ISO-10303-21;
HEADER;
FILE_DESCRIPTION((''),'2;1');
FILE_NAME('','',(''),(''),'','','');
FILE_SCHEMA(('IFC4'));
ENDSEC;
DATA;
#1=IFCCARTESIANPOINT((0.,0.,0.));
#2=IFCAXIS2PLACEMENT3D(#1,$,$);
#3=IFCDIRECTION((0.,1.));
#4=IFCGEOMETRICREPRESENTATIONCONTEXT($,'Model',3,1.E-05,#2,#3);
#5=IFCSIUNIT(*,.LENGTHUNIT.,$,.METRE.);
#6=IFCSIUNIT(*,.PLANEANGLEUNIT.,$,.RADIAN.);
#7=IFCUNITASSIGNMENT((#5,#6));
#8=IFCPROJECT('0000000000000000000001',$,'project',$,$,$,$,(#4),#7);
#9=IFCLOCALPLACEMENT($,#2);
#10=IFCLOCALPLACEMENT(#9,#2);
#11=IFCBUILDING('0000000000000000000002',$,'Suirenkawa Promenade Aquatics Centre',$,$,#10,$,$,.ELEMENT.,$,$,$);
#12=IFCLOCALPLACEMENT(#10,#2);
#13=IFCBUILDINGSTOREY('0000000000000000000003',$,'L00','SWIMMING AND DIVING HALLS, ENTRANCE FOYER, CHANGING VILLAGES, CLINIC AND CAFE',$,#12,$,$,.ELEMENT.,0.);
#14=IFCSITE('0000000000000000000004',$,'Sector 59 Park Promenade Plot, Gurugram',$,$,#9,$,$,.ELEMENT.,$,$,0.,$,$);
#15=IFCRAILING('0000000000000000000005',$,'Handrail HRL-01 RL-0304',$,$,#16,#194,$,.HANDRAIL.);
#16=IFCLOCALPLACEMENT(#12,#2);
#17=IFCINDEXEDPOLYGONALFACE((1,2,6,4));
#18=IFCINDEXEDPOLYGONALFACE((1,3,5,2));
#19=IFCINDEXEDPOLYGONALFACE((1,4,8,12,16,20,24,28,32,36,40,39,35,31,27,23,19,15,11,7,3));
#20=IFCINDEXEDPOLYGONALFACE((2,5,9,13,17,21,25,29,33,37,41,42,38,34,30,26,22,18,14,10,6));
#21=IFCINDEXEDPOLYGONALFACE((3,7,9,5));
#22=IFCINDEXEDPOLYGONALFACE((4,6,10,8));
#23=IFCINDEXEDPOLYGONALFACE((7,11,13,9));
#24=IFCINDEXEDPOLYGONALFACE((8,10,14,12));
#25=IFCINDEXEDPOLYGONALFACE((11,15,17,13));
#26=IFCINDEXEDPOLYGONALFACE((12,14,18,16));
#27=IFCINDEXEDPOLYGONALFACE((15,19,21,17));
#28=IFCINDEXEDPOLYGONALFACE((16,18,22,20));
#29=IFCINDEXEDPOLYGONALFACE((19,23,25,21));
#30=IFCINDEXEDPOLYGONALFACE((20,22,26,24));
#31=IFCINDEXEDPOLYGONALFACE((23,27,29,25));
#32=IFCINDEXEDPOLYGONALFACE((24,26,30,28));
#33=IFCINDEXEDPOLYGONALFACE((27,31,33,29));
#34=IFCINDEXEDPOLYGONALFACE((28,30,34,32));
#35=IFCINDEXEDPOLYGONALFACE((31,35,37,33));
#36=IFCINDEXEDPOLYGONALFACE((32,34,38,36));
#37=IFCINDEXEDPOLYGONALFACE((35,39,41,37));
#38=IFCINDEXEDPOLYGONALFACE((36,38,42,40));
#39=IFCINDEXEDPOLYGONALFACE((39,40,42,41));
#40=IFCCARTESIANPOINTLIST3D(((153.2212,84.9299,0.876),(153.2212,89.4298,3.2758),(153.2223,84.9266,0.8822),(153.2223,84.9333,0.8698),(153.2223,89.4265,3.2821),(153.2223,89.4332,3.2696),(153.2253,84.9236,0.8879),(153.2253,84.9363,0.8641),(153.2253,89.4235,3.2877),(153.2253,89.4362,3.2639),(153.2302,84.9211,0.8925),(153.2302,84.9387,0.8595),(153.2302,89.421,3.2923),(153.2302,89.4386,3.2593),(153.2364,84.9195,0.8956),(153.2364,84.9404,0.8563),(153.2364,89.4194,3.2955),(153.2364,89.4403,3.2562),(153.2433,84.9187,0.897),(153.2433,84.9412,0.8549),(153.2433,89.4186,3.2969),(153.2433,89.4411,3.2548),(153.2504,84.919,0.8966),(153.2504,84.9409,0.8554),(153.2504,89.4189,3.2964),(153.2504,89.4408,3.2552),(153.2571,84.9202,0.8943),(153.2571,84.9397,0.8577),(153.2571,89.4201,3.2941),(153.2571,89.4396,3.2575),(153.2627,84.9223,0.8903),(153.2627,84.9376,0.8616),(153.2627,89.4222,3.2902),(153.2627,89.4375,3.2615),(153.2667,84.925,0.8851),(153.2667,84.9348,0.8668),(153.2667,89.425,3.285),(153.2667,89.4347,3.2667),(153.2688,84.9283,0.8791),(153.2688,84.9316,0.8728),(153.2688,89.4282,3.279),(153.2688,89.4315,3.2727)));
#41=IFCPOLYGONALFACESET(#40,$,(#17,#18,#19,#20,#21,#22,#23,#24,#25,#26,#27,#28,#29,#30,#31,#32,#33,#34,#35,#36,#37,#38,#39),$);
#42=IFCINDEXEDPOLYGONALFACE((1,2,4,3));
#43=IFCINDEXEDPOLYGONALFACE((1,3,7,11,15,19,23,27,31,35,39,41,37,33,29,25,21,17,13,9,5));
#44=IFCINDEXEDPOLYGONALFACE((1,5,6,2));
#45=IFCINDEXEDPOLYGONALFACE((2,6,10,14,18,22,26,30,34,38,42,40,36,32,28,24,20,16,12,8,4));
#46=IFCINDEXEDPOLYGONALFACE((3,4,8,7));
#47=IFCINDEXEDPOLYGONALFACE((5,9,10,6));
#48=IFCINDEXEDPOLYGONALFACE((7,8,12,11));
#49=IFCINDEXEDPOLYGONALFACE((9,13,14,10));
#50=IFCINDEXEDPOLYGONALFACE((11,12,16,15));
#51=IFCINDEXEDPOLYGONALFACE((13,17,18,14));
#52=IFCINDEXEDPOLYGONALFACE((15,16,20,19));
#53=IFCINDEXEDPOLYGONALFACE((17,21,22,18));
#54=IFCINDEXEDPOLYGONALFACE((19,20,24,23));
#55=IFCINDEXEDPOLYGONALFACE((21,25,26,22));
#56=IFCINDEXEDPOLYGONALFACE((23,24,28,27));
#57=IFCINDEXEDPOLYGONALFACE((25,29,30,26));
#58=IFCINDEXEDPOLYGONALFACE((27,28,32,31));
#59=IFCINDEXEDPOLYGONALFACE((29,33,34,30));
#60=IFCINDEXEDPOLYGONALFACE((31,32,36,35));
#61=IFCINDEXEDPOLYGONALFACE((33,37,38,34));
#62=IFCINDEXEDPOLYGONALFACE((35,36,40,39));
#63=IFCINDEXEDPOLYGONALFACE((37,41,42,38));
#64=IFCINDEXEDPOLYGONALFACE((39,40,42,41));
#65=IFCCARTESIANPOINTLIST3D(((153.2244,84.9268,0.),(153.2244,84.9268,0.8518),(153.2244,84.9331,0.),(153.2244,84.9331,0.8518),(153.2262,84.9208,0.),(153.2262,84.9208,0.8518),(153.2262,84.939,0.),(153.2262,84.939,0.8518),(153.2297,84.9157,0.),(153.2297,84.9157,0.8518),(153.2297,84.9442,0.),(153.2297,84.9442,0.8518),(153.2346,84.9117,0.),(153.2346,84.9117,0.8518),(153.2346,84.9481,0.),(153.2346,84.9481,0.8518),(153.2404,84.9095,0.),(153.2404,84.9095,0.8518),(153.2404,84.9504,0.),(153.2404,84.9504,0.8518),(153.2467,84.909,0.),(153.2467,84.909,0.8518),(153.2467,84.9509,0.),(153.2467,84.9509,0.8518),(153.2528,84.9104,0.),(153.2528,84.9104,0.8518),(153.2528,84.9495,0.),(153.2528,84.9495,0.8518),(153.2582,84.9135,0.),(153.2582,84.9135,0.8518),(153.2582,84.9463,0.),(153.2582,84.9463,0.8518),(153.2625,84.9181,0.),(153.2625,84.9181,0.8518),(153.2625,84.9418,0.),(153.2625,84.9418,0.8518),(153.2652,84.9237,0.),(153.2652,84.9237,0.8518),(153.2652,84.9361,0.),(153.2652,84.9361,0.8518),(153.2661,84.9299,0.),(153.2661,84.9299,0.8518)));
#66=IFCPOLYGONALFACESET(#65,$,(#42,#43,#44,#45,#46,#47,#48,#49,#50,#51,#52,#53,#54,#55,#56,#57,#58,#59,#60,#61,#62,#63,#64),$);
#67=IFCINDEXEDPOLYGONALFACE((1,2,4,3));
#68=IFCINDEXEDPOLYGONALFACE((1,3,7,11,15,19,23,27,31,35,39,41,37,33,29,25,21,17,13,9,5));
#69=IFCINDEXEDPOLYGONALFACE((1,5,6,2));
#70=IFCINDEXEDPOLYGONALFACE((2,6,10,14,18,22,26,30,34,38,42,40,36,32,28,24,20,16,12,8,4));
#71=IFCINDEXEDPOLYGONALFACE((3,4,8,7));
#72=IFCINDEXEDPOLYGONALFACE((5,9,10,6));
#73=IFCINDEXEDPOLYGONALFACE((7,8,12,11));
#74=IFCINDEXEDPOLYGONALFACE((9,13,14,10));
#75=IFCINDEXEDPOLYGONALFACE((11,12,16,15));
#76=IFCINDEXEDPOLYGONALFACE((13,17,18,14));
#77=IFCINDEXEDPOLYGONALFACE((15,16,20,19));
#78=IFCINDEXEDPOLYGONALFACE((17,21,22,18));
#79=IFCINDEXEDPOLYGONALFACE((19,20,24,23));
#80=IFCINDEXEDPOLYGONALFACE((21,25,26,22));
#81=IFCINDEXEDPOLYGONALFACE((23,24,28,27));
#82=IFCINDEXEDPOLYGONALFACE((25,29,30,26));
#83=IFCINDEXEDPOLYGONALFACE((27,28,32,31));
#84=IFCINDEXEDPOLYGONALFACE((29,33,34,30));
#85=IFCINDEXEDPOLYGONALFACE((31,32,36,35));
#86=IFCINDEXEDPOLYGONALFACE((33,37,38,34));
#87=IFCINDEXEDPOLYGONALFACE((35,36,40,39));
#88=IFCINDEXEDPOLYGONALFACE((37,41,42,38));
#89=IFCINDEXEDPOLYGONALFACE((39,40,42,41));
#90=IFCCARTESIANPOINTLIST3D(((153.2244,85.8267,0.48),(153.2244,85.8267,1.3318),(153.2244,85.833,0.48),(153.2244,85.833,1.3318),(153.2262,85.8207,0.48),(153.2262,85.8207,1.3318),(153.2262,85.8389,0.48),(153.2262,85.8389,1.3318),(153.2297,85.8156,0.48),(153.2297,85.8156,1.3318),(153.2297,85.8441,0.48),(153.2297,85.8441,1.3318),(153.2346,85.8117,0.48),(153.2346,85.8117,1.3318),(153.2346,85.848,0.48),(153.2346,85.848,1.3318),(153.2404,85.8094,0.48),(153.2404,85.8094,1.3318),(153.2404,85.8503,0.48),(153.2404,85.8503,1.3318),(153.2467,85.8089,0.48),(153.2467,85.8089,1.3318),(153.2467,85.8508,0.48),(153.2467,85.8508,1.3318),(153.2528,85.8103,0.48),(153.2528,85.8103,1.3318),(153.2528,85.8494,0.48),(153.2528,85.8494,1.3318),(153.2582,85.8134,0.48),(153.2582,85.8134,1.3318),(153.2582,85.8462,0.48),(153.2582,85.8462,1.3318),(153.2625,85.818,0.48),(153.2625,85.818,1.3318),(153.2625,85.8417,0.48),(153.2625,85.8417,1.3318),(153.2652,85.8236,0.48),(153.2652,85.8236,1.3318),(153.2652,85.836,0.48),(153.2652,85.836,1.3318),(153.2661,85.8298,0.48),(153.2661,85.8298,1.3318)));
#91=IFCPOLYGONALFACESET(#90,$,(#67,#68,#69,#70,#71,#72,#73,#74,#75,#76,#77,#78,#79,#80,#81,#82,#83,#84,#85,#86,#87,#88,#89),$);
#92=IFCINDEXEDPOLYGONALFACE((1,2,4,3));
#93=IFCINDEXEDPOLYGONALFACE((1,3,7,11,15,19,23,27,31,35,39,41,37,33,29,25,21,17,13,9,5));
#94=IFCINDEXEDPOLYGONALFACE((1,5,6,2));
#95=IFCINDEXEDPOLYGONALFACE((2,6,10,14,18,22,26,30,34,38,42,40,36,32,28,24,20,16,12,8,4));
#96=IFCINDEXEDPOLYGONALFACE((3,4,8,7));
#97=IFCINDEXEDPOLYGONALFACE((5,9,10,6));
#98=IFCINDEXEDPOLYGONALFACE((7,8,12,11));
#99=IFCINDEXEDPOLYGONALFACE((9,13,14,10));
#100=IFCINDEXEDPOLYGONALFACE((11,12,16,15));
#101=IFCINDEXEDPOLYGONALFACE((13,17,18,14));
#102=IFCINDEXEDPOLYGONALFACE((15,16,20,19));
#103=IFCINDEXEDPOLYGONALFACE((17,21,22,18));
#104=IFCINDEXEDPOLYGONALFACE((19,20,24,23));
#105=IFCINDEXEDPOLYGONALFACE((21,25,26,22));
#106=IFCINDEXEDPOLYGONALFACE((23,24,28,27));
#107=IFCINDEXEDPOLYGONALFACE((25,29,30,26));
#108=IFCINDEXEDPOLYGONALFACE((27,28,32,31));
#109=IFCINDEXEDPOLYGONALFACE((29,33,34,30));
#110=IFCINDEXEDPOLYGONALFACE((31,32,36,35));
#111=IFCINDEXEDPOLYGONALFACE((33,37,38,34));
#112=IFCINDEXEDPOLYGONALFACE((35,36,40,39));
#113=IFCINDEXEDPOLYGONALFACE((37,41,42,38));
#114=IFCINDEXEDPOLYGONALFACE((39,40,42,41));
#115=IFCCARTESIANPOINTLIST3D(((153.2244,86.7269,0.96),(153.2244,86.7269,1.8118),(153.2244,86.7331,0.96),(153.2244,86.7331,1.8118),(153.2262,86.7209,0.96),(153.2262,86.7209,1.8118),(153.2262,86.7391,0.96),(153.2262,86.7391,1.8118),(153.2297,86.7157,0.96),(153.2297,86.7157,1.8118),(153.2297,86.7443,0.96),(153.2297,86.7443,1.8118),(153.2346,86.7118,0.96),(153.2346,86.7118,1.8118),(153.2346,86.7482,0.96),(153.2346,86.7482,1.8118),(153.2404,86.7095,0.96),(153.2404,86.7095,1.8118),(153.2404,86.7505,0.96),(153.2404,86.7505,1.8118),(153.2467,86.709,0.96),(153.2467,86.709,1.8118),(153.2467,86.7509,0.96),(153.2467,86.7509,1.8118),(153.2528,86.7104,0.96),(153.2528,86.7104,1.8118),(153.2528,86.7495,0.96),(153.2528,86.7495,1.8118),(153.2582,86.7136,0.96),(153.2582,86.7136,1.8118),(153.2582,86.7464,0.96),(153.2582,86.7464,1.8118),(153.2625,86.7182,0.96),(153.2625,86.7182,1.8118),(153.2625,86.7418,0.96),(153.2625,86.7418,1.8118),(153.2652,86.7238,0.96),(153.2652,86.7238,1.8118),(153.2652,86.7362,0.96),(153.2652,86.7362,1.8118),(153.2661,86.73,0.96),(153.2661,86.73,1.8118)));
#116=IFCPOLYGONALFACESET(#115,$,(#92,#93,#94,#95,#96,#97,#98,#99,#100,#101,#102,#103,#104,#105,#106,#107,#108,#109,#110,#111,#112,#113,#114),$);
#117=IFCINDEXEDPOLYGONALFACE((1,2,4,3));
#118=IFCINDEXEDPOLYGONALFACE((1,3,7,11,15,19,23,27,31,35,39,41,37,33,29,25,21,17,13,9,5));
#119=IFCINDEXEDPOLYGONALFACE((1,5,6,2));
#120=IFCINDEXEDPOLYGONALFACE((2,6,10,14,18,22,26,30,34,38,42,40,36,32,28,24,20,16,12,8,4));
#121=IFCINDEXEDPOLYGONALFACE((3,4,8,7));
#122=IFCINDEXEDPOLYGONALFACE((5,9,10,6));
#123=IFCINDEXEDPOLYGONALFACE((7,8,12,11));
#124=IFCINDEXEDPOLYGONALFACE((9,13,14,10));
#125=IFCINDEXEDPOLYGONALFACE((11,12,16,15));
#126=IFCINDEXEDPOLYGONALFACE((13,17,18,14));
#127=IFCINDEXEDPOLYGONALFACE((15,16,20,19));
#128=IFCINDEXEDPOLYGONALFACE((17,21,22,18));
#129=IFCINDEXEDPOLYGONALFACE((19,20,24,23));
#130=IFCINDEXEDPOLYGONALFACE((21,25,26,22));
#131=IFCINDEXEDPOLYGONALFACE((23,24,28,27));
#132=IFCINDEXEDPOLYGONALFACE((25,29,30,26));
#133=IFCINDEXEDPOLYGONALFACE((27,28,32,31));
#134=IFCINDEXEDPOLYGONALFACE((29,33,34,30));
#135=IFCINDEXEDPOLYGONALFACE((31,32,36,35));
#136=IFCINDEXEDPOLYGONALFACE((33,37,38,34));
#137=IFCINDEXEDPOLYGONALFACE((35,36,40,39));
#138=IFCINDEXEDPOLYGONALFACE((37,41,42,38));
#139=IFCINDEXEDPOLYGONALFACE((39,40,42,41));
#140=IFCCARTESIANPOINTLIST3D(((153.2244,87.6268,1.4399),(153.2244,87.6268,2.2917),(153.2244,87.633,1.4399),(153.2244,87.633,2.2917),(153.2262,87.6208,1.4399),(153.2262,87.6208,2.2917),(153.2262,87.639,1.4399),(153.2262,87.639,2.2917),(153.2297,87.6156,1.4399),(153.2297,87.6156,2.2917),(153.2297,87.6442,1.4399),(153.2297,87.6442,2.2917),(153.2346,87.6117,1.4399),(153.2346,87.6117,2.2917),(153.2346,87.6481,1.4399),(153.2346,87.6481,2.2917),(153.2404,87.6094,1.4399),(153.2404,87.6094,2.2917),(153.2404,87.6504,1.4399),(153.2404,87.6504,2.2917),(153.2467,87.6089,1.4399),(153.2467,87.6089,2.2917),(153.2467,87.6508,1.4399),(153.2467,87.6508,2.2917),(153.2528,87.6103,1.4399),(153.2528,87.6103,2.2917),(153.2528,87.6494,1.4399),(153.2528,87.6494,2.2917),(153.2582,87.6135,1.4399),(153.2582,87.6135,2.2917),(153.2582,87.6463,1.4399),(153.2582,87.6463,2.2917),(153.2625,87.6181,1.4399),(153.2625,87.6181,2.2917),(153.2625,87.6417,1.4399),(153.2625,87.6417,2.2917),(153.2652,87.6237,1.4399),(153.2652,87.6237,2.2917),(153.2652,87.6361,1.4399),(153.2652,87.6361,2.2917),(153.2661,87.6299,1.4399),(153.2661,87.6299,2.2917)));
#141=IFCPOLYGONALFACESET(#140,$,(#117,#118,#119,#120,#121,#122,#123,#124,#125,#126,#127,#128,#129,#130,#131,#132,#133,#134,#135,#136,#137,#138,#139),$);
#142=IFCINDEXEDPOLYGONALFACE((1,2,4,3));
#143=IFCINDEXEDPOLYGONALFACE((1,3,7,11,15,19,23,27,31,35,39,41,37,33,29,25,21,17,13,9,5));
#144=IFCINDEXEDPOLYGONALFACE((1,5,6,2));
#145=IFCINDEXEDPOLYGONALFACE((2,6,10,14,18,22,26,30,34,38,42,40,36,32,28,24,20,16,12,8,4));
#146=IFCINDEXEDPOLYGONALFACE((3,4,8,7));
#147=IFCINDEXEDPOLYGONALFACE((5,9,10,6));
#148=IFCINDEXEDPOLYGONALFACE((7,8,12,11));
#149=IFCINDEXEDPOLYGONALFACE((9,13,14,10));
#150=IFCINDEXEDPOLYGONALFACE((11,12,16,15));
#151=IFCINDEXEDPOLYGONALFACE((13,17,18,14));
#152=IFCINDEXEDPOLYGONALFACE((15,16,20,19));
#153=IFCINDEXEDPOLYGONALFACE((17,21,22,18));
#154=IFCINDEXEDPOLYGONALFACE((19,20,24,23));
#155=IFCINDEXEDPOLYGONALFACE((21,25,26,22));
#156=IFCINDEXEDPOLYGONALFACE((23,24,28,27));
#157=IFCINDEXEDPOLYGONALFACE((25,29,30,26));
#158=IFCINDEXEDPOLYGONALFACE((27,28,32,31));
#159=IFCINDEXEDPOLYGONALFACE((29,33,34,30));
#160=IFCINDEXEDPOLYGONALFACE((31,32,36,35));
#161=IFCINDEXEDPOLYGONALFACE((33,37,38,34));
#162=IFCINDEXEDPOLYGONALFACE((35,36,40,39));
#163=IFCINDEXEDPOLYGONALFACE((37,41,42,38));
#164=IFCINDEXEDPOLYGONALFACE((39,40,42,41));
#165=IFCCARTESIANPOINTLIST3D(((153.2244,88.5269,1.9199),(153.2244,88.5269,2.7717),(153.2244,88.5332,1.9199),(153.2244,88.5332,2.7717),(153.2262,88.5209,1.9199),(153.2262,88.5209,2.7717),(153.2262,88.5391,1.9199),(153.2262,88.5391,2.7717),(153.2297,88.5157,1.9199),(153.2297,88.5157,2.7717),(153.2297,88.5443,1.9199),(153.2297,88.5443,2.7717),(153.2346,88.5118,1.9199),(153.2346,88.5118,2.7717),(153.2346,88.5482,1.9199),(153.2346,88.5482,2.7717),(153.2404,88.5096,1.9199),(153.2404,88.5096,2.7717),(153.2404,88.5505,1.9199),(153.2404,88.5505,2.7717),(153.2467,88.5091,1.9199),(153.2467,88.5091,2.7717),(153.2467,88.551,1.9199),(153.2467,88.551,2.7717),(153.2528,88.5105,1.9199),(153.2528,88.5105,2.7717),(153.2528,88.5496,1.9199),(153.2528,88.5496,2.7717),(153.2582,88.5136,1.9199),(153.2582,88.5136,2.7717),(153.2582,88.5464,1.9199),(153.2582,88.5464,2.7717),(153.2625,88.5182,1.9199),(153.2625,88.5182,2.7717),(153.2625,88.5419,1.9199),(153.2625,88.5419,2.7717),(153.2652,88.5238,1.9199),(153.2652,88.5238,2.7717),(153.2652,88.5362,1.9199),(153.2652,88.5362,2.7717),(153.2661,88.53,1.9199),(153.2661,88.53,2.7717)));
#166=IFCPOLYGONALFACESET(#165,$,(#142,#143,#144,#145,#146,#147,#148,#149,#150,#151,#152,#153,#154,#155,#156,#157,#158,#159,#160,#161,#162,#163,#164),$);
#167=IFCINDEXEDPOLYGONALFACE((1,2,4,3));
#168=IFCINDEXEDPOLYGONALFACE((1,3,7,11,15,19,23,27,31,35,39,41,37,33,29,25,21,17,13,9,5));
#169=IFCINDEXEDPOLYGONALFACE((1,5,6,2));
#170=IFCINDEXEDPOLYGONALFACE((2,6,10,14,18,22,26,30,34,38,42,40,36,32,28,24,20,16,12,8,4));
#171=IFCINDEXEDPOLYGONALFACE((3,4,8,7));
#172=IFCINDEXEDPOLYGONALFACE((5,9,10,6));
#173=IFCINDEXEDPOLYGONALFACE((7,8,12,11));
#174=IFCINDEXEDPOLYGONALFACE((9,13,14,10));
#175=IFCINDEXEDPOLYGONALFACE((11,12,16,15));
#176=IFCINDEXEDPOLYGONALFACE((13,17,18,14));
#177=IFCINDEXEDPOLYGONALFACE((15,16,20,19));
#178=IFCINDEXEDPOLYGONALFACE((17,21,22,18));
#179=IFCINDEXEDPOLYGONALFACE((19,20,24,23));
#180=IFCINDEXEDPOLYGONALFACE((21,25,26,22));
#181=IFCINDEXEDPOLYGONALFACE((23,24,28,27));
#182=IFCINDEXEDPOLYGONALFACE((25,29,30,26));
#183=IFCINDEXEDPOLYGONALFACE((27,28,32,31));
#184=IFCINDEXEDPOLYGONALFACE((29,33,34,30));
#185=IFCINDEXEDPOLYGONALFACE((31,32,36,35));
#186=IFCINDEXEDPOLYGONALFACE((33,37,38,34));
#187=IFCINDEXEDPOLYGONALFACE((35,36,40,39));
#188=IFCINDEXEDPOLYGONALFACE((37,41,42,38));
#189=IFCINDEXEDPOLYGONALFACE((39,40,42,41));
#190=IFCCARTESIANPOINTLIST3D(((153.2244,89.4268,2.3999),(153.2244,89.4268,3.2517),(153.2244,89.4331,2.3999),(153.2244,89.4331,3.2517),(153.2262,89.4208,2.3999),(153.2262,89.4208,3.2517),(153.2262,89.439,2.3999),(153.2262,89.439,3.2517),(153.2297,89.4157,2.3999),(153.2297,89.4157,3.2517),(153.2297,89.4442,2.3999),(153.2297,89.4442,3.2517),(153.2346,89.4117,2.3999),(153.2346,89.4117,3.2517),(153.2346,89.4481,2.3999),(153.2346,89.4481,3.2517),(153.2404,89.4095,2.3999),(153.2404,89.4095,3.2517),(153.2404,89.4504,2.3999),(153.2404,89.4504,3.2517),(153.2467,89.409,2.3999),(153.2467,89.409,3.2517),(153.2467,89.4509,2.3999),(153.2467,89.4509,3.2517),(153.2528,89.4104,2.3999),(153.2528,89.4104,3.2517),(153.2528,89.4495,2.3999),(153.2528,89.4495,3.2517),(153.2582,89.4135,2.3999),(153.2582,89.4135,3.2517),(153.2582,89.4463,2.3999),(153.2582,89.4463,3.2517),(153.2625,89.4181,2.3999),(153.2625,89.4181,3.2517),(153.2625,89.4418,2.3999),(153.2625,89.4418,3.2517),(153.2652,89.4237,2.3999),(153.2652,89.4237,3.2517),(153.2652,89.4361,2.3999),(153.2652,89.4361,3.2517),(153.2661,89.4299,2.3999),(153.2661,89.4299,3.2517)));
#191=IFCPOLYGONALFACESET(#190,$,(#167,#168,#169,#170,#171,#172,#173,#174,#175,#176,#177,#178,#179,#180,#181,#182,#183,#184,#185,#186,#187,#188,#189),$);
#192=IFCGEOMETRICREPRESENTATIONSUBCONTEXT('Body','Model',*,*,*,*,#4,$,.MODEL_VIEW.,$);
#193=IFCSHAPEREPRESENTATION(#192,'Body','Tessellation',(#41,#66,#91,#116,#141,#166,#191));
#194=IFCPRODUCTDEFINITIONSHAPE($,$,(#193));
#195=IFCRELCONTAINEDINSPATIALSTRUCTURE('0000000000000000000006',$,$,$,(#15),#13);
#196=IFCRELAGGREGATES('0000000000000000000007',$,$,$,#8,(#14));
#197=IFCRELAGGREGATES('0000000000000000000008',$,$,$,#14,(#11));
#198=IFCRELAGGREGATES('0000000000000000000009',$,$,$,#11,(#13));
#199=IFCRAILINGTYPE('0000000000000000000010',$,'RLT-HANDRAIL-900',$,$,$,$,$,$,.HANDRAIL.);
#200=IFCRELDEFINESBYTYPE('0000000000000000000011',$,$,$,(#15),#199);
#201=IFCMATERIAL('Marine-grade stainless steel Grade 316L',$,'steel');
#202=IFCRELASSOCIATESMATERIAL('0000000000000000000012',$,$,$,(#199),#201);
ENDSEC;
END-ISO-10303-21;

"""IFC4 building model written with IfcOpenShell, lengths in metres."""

from ifc_helpers import new_model, si_unit, direction, frame, origin, origin_2d, place, context, subcontext, project, spatial, circle, extrude, material, type_object, element, save


model = new_model("IFC4")

# Units and contexts
model_context = context("Model", 3, precision=1e-05, world=origin(), true_north=direction((0.0, 1.0)))
body_context = subcontext(model_context, "Body", "Model", "MODEL_VIEW")
ifc_project = project(units=[si_unit("LENGTHUNIT", "METRE"), si_unit("PLANEANGLEUNIT", "RADIAN")], contexts=[model_context])

# Site, building, storey
site_placement = place(None, origin())
site = spatial("IfcSite", under=ifc_project, at=site_placement, Name="Sector 59 Park Promenade Plot, Gurugram", CompositionType="ELEMENT", RefElevation=0.0)
building_placement = place(site_placement, origin())
building = spatial("IfcBuilding", under=site, at=building_placement, Name="Suirenkawa Promenade Aquatics Centre", CompositionType="ELEMENT")
storey_placement = place(building_placement, origin())
storey = spatial("IfcBuildingStorey", under=building, at=storey_placement, Name="L00", Description="SWIMMING AND DIVING HALLS, ENTRANCE FOYER, CHANGING VILLAGES, CLINIC AND CAFE", CompositionType="ELEMENT", Elevation=0.0)

# Railing
ifc_material_1 = material(Name="Marine-grade stainless steel Grade 316L", Category="steel")
railing_type_1 = type_object("IfcRailingType", Name="RLT-HANDRAIL-900", PredefinedType="HANDRAIL", material=ifc_material_1)
for number, where, name in (
    (1, (153.2451, 84.9299, 0.0), "Handrail HRL-01 RL-0304"),
):
    element("IfcRailing", number, at=place(storey_placement, frame(where)), inside=storey, type_object=railing_type_1, Name=name, PredefinedType="HANDRAIL", context=body_context, shape_type="SweptSolid", body=[
        extrude(circle(Radius=0.0239, at=origin_2d()), frame((0.0, 0.0, 0.876), z_axis=(0.0, 0.882361, 0.470573), x_axis=(-1.0, 0.0, 0.0)), (0.0, 0.0, 1.0), 5.0999),
        extrude(circle(Radius=0.021, at=origin_2d()), origin(), (0.0, 0.0, 1.0), 0.8518),
        extrude(circle(Radius=0.021, at=origin_2d()), frame((0.0, 0.8999, 0.48)), (0.0, 0.0, 1.0), 0.8518),
        extrude(circle(Radius=0.021, at=origin_2d()), frame((0.0, 1.8, 0.96)), (0.0, 0.0, 1.0), 0.8518),
        extrude(circle(Radius=0.021, at=origin_2d()), frame((0.0, 2.7, 1.4399)), (0.0, 0.0, 1.0), 0.8518),
        extrude(circle(Radius=0.021, at=origin_2d()), frame((0.0, 3.6001, 1.9199)), (0.0, 0.0, 1.0), 0.8518),
        extrude(circle(Radius=0.021, at=origin_2d()), frame((0.0, 4.5, 2.3999)), (0.0, 0.0, 1.0), 0.8518),
    ])

save(model, "model.ifc")
